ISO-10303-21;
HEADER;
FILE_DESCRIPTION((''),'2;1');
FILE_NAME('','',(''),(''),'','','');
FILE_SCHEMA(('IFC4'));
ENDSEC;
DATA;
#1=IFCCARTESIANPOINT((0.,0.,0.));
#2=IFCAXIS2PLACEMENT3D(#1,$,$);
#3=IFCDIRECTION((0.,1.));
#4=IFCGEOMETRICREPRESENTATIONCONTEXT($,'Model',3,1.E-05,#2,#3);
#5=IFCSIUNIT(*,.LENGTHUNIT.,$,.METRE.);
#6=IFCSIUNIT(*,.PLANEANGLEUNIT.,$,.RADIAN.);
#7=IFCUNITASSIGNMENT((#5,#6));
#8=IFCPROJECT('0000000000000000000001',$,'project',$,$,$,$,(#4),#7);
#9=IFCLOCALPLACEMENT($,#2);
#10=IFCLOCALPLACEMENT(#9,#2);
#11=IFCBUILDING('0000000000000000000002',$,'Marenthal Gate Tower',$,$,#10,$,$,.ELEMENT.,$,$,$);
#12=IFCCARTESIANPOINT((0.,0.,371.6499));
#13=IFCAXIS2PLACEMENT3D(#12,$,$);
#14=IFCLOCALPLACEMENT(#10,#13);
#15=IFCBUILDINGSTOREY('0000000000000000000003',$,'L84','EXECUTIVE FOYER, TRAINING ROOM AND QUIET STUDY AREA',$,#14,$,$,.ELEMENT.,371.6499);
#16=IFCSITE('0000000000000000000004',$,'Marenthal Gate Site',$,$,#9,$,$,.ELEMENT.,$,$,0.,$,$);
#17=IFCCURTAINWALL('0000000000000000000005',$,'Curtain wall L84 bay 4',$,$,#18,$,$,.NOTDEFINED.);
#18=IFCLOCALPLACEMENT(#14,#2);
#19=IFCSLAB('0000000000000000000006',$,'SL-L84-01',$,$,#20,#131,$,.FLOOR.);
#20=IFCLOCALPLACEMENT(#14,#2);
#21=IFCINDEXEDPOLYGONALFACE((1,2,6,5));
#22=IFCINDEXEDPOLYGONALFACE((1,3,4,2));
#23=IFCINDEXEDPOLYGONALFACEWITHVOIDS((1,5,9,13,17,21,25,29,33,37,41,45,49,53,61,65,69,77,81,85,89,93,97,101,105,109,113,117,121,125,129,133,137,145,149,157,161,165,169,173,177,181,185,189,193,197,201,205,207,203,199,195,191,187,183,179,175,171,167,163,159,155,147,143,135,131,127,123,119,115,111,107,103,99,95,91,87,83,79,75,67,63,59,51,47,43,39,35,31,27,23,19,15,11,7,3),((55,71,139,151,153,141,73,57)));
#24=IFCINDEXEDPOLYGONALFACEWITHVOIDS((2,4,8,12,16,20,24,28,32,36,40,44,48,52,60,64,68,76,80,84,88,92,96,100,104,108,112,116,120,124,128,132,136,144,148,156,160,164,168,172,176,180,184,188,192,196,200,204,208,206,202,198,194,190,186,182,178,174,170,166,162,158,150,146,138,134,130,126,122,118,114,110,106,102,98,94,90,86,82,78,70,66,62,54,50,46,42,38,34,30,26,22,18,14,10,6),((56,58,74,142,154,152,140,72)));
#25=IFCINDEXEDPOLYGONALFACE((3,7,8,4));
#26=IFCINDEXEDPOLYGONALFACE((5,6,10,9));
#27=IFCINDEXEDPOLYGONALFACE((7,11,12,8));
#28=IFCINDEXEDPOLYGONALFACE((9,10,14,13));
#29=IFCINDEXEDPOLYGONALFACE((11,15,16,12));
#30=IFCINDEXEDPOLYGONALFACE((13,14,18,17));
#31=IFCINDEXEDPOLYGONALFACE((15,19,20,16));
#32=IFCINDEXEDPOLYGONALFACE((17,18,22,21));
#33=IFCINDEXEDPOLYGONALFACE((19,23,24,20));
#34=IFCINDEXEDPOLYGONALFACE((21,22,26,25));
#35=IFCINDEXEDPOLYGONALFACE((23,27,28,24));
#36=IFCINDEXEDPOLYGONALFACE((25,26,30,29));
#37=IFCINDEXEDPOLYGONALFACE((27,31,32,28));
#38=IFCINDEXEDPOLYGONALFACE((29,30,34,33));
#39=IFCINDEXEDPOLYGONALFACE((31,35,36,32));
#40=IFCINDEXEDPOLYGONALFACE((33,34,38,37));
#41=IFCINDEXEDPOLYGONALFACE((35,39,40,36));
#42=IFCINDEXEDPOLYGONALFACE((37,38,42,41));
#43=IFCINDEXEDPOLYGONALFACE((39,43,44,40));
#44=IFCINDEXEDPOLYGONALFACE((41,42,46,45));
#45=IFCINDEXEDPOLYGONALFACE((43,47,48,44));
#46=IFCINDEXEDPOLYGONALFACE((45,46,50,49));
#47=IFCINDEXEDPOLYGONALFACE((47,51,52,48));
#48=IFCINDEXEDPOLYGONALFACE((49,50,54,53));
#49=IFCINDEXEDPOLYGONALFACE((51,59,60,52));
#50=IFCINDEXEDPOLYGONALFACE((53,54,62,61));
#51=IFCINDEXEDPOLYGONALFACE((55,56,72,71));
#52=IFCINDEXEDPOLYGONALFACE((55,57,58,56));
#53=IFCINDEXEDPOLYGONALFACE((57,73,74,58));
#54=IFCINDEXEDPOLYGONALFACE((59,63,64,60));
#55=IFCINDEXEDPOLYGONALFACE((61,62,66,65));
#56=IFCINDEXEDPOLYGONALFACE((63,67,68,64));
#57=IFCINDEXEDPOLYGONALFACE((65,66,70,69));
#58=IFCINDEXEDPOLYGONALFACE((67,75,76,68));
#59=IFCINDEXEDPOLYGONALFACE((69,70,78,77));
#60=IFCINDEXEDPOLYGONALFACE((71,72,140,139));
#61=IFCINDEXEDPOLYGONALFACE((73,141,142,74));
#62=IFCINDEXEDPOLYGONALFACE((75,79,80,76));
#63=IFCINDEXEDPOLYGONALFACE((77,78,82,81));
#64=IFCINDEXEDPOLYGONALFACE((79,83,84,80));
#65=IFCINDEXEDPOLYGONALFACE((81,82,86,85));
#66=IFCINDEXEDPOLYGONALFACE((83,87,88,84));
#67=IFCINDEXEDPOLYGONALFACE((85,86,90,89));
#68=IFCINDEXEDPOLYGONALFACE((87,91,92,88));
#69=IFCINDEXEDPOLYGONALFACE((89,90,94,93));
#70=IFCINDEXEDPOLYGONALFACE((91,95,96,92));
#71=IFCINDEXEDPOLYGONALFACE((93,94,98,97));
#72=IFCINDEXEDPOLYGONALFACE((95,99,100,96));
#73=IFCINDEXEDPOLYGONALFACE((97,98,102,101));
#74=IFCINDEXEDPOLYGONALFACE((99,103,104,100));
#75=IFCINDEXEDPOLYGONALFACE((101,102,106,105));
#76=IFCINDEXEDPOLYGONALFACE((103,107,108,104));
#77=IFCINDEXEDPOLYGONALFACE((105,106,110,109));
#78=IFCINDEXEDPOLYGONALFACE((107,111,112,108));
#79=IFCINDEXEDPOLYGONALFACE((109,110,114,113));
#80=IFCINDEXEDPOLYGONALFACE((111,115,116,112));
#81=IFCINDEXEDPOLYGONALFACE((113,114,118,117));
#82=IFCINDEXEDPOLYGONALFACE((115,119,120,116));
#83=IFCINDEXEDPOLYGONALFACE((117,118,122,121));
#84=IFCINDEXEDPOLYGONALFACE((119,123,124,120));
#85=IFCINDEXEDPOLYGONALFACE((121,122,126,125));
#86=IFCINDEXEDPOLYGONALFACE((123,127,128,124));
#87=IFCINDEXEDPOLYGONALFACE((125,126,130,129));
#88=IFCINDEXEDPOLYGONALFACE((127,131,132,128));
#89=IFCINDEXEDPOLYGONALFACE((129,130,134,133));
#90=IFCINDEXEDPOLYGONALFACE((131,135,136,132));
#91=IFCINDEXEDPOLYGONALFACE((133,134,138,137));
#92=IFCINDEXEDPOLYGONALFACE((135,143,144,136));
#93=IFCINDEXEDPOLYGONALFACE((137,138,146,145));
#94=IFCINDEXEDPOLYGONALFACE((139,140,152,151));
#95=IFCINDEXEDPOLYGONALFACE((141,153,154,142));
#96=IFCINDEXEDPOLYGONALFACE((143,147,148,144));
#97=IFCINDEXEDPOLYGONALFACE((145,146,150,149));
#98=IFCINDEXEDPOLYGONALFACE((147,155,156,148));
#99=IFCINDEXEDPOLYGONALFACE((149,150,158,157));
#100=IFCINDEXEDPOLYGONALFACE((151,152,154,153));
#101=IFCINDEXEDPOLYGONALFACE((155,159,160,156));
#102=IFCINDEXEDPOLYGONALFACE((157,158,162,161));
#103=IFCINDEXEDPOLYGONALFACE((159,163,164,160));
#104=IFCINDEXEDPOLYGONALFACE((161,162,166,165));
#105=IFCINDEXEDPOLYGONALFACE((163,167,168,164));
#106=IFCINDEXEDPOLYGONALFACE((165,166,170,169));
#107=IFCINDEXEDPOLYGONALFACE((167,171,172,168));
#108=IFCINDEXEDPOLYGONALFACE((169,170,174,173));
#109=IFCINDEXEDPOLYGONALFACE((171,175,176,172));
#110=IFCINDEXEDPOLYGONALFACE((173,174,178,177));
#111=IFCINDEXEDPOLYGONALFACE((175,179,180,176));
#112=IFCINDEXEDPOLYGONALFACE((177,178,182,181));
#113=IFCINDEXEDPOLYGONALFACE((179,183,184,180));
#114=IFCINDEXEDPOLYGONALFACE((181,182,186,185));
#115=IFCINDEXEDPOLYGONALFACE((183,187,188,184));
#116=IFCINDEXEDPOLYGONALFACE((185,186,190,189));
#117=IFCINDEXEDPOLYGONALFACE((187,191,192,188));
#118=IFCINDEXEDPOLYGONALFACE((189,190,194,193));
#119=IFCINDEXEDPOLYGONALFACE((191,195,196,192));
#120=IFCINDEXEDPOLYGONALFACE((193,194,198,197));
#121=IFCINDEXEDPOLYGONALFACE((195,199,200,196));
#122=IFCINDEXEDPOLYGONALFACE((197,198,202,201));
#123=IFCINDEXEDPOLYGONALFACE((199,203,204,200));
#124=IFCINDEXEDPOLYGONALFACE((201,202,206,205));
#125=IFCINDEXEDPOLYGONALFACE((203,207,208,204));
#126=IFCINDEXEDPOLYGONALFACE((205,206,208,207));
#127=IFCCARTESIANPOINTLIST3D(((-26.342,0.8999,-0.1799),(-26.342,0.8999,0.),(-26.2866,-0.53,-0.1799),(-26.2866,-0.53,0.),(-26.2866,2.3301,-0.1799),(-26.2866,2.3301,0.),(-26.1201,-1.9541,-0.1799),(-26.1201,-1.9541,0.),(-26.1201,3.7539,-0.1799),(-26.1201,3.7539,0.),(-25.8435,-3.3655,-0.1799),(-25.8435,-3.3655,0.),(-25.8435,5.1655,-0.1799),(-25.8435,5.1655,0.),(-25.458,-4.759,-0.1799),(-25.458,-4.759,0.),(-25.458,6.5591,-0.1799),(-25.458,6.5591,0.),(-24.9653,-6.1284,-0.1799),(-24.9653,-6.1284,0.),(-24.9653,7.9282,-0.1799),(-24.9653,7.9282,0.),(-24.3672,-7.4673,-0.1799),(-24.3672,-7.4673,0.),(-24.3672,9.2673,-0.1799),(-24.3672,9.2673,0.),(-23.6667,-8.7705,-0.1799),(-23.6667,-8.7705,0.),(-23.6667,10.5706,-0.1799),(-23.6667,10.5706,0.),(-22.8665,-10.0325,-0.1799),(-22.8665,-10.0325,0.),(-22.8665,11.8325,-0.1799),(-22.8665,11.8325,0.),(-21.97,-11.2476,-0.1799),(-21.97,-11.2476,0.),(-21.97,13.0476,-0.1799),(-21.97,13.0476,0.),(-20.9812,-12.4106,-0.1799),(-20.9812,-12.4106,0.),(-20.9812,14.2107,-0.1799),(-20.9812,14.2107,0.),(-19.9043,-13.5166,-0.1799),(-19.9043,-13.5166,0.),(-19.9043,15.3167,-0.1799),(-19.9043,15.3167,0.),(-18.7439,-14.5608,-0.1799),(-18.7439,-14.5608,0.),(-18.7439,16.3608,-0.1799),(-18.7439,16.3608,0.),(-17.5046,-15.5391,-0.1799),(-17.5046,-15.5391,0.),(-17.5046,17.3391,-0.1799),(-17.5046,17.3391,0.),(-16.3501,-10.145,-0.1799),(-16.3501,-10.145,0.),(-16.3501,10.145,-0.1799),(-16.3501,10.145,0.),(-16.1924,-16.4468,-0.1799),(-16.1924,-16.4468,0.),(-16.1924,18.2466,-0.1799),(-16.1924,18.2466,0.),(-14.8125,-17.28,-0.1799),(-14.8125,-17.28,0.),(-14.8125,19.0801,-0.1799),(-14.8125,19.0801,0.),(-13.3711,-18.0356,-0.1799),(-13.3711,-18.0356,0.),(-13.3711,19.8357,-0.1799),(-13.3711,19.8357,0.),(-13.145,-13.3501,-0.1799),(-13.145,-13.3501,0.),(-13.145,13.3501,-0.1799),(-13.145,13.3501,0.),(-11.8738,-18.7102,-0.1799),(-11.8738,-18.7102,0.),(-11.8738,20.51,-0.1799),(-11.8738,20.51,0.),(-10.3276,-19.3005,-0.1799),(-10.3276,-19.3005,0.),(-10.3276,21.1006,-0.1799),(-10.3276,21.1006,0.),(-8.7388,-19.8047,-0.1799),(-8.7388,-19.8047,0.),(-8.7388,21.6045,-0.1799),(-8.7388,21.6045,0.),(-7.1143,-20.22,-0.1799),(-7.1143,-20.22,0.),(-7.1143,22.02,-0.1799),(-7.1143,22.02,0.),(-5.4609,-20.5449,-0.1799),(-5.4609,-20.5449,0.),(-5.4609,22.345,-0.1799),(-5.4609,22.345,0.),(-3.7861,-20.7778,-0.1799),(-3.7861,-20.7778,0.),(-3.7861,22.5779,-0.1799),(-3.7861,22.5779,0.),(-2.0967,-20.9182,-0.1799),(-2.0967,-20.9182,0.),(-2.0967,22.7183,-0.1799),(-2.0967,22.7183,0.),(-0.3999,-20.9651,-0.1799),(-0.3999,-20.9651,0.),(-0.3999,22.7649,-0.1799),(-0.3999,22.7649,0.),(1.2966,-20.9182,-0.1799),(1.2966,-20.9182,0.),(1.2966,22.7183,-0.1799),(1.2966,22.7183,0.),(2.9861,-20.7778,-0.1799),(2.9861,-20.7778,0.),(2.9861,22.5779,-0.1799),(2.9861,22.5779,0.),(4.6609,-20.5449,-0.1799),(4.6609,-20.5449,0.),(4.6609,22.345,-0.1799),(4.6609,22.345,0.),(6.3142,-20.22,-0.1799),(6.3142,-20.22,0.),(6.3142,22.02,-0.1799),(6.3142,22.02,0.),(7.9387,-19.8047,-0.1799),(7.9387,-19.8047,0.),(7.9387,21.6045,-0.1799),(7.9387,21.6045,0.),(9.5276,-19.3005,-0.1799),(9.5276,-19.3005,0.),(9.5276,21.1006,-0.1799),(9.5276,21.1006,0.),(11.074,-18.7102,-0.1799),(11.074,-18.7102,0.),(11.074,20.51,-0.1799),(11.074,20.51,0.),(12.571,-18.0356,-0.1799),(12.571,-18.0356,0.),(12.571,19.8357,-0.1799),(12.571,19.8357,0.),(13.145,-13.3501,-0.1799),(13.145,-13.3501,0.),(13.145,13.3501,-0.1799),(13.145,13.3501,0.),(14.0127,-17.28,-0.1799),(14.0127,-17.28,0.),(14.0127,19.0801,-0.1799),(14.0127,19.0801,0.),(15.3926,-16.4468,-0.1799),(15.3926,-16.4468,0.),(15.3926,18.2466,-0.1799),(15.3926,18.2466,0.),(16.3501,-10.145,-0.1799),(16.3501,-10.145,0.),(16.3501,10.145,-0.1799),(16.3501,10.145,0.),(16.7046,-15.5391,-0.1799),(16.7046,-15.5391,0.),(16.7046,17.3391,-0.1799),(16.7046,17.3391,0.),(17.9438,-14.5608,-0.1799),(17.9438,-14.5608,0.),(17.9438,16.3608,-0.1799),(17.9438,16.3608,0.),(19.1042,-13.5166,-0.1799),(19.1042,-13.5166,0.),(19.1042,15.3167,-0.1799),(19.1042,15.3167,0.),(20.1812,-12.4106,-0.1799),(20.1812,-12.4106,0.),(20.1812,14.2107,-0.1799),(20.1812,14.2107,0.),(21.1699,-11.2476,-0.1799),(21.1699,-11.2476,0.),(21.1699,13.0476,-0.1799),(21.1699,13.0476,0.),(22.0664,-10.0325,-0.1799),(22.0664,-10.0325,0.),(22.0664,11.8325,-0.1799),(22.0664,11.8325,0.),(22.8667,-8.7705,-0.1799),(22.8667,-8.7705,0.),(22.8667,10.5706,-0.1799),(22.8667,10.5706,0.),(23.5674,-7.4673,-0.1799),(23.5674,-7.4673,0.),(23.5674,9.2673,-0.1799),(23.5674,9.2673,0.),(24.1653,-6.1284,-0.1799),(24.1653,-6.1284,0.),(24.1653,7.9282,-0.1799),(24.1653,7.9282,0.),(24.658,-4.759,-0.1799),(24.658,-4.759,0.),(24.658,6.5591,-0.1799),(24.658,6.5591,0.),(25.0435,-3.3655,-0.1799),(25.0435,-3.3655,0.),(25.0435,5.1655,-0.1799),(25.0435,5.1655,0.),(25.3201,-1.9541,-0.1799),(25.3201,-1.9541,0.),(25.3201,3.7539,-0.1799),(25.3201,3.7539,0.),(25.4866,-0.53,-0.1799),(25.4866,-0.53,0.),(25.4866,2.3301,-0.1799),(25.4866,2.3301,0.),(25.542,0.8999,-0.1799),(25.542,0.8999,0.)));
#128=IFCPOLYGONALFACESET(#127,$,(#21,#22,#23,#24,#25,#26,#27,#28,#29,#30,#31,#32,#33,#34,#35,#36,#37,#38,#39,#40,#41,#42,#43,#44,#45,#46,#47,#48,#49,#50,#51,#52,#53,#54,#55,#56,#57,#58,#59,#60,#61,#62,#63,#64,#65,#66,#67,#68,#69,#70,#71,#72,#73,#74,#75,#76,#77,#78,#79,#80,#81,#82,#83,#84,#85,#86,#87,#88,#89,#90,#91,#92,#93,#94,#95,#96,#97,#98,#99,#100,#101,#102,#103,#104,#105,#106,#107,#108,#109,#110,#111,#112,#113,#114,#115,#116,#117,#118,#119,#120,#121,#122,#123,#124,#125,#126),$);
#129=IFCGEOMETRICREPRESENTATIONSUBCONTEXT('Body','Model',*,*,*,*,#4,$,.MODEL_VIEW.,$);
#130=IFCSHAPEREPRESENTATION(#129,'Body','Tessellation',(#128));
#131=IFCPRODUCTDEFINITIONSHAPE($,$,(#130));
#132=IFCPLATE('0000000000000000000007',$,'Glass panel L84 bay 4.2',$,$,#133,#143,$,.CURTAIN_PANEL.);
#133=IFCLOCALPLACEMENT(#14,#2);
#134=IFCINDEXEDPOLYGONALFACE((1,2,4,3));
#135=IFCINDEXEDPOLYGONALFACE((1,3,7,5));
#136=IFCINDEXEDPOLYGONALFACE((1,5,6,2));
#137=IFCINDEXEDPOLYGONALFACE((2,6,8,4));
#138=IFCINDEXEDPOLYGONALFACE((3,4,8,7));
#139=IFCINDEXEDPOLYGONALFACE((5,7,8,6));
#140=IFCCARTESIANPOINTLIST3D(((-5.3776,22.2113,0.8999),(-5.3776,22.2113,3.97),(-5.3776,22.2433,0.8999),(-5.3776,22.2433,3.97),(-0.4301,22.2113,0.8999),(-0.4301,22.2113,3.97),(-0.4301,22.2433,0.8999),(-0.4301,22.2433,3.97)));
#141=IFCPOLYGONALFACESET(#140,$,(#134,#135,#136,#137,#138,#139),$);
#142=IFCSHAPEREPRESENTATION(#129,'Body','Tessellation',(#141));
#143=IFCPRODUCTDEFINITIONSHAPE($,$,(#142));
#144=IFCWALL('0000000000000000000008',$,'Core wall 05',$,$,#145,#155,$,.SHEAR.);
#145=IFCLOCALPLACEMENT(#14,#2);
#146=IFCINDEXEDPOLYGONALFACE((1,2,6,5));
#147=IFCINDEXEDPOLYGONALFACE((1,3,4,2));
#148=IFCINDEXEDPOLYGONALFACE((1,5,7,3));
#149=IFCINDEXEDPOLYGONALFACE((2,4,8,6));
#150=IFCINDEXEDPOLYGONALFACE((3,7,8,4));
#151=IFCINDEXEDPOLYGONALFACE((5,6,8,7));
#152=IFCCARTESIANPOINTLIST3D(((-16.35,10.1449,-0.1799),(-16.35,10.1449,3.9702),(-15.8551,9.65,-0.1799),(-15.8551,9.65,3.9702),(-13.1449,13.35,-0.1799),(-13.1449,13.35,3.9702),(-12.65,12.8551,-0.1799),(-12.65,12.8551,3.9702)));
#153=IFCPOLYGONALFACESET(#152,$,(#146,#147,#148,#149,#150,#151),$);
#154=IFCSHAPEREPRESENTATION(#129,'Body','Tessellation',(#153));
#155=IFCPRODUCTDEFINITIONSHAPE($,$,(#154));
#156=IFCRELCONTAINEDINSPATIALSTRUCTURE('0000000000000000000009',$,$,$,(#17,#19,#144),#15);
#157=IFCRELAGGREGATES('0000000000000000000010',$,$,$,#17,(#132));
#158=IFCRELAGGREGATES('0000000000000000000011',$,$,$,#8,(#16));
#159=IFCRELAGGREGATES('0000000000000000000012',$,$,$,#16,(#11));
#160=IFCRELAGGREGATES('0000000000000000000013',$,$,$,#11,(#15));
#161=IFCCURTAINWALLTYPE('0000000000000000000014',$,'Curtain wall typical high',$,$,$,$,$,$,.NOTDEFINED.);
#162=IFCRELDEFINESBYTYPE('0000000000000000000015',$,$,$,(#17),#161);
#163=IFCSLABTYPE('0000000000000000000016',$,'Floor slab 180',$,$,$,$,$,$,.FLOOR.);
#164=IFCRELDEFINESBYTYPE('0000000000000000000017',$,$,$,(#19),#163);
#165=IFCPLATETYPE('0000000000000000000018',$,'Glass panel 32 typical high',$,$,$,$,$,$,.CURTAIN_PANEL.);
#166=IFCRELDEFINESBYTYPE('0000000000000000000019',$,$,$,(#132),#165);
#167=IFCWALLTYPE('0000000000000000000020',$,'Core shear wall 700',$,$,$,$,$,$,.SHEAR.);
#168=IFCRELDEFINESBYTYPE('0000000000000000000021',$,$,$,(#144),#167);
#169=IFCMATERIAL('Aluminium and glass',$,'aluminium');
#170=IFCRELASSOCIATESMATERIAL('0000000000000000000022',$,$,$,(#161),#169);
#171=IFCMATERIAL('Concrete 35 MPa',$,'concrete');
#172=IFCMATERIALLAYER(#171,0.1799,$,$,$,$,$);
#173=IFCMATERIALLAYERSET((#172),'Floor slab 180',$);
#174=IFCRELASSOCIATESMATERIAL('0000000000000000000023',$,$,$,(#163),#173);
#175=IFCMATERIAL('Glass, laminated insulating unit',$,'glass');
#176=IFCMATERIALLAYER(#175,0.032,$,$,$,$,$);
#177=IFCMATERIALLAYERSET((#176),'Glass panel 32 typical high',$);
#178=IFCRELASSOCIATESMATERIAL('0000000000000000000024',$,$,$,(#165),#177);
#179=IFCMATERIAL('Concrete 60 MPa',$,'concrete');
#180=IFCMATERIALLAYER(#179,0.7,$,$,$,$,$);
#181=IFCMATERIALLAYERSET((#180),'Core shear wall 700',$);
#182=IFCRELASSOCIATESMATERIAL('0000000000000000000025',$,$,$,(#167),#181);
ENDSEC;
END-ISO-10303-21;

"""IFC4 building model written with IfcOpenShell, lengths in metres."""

from ifc_helpers import new_model, si_unit, direction, frame, frame_2d, origin, origin_2d, place, context, subcontext, project, spatial, polyline, rectangle, outline, extrude, material, layer, layer_set, type_object, element, aggregate, save


model = new_model("IFC4")

# Units and contexts
model_context = context("Model", 3, precision=1e-05, world=origin(), true_north=direction((0.0, 1.0)))
body_context = subcontext(model_context, "Body", "Model", "MODEL_VIEW")
ifc_project = project(units=[si_unit("LENGTHUNIT", "METRE"), si_unit("PLANEANGLEUNIT", "RADIAN")], contexts=[model_context])

# Site, building, storey
site_placement = place(None, origin())
site = spatial("IfcSite", under=ifc_project, at=site_placement, Name="Marenthal Gate Site", CompositionType="ELEMENT", RefElevation=0.0)
building_placement = place(site_placement, origin())
building = spatial("IfcBuilding", under=site, at=building_placement, Name="Marenthal Gate Tower", CompositionType="ELEMENT")
storey_placement = place(building_placement, frame((0.0, 0.0, 371.6499)))
storey = spatial("IfcBuildingStorey", under=building, at=storey_placement, Name="L84", Description="EXECUTIVE FOYER, TRAINING ROOM AND QUIET STUDY AREA", CompositionType="ELEMENT", Elevation=371.6499)

# Curtain wall
ifc_material_1 = material(Name="Aluminium and glass", Category="aluminium")
curtain_wall_type = type_object("IfcCurtainWallType", Name="Curtain wall typical high", PredefinedType="NOTDEFINED", material=ifc_material_1)
curtain_wall_placement = place(storey_placement, origin())
curtain_wall = element("IfcCurtainWall", 1, at=curtain_wall_placement, inside=storey, type_object=curtain_wall_type, Name="Curtain wall L84 bay 4", PredefinedType="NOTDEFINED")

# Slab
ifc_material_2 = material(Name="Concrete 35 MPa", Category="concrete")
ifc_layer_1 = layer(ifc_material_2, 0.1799)
ifc_layer_set_1 = layer_set([ifc_layer_1], Name="Floor slab 180")
slab_type_1 = type_object("IfcSlabType", Name="Floor slab 180", PredefinedType="FLOOR", material=ifc_layer_set_1)
slab_1_placement = place(storey_placement, frame((0.0, 0.0, -0.1799)))
element("IfcSlab", 2, at=slab_1_placement, inside=storey, type_object=slab_type_1, Name="SL-L84-01", PredefinedType="FLOOR", context=body_context, shape_type="SweptSolid", body=[
    extrude(outline(polyline([(25.542, 0.8999), (25.4866, 2.3301), (25.3201, 3.7539), (25.0435, 5.1655), (24.658, 6.5591), (24.1653, 7.9282), (23.5674, 9.2673), (22.8667, 10.5706), (22.0664, 11.8325), (21.1699, 13.0476), (20.1812, 14.2107), (19.1042, 15.3167), (17.9438, 16.3608), (16.7046, 17.3391), (15.3926, 18.2466), (14.0127, 19.0801), (12.571, 19.8357), (11.074, 20.51), (9.5276, 21.1006), (7.9387, 21.6045), (6.3142, 22.02), (4.6609, 22.345), (2.9861, 22.5779), (1.2966, 22.7183), (-0.3999, 22.7649), (-2.0967, 22.7183), (-3.7861, 22.5779), (-5.4609, 22.345), (-7.1143, 22.02), (-8.7388, 21.6045), (-10.3276, 21.1006), (-11.8738, 20.51), (-13.3711, 19.8357), (-14.8125, 19.0801), (-16.1924, 18.2466), (-17.5046, 17.3391), (-18.7439, 16.3608), (-19.9043, 15.3167), (-20.9812, 14.2107), (-21.97, 13.0476), (-22.8665, 11.8325), (-23.6667, 10.5706), (-24.3672, 9.2673), (-24.9653, 7.9282), (-25.458, 6.5591), (-25.8435, 5.1655), (-26.1201, 3.7539), (-26.2866, 2.3301), (-26.342, 0.8999), (-26.2866, -0.53), (-26.1201, -1.9541), (-25.8435, -3.3655), (-25.458, -4.759), (-24.9653, -6.1284), (-24.3672, -7.4673), (-23.6667, -8.7705), (-22.8665, -10.0325), (-21.97, -11.2476), (-20.9812, -12.4106), (-19.9043, -13.5166), (-18.7439, -14.5608), (-17.5046, -15.5391), (-16.1924, -16.4468), (-14.8125, -17.28), (-13.3711, -18.0356), (-11.8738, -18.7102), (-10.3276, -19.3005), (-8.7388, -19.8047), (-7.1143, -20.22), (-5.4609, -20.5449), (-3.7861, -20.7778), (-2.0967, -20.9182), (-0.3999, -20.9651), (1.2966, -20.9182), (2.9861, -20.7778), (4.6609, -20.5449), (6.3142, -20.22), (7.9387, -19.8047), (9.5276, -19.3005), (11.074, -18.7102), (12.571, -18.0356), (14.0127, -17.28), (15.3926, -16.4468), (16.7046, -15.5391), (17.9438, -14.5608), (19.1042, -13.5166), (20.1812, -12.4106), (21.1699, -11.2476), (22.0664, -10.0325), (22.8667, -8.7705), (23.5674, -7.4673), (24.1653, -6.1284), (24.658, -4.759), (25.0435, -3.3655), (25.3201, -1.9541), (25.4866, -0.53), (25.542, 0.8999)]), holes=[polyline([(13.145, -13.3501), (16.3501, -10.145), (16.3501, 10.145), (13.145, 13.3501), (-13.145, 13.3501), (-16.3501, 10.145), (-16.3501, -10.145), (-13.145, -13.3501), (13.145, -13.3501)])]), origin(), (0.0, 0.0, 1.0), 0.1799),
])

# Plate
ifc_material_3 = material(Name="Glass, laminated insulating unit", Category="glass")
ifc_layer_2 = layer(ifc_material_3, 0.032)
ifc_layer_set_2 = layer_set([ifc_layer_2], Name="Glass panel 32 typical high")
plate_type = type_object("IfcPlateType", Name="Glass panel 32 typical high", PredefinedType="CURTAIN_PANEL", material=ifc_layer_set_2)
plate_placement = place(storey_placement, frame((-2.9038, 22.2273, 0.8999), z_axis=(0.0, 0.0, 1.0), x_axis=(-1.0, 0.0, 0.0)))
plate = element("IfcPlate", 3, at=plate_placement, type_object=plate_type, Name="Glass panel L84 bay 4.2", PredefinedType="CURTAIN_PANEL", context=body_context, shape_type="SweptSolid", body=[
    extrude(rectangle(XDim=4.9475, YDim=0.032, at=origin_2d()), origin(), (0.0, 0.0, 1.0), 3.0701),
])
aggregate(curtain_wall, [plate])

# Wall
ifc_material_4 = material(Name="Concrete 60 MPa", Category="concrete")
ifc_layer_3 = layer(ifc_material_4, 0.7)
ifc_layer_set_3 = layer_set([ifc_layer_3], Name="Core shear wall 700")
wall_type_1 = type_object("IfcWallType", Name="Core shear wall 700", PredefinedType="SHEAR", material=ifc_layer_set_3)
wall_1_placement = place(storey_placement, frame((-12.8975, 13.1025, -0.1799), z_axis=(0.0, 0.0, 1.0), x_axis=(-0.707107, -0.707107, 0.0)))
element("IfcWall", 4, at=wall_1_placement, inside=storey, type_object=wall_type_1, Name="Core wall 05", PredefinedType="SHEAR", context=body_context, shape_type="SweptSolid", body=[
    extrude(rectangle(XDim=4.5327, YDim=0.7, at=frame_2d((2.2664, 0.0))), origin(), (0.0, 0.0, 1.0), 4.1501),
])

save(model, "model.ifc")
